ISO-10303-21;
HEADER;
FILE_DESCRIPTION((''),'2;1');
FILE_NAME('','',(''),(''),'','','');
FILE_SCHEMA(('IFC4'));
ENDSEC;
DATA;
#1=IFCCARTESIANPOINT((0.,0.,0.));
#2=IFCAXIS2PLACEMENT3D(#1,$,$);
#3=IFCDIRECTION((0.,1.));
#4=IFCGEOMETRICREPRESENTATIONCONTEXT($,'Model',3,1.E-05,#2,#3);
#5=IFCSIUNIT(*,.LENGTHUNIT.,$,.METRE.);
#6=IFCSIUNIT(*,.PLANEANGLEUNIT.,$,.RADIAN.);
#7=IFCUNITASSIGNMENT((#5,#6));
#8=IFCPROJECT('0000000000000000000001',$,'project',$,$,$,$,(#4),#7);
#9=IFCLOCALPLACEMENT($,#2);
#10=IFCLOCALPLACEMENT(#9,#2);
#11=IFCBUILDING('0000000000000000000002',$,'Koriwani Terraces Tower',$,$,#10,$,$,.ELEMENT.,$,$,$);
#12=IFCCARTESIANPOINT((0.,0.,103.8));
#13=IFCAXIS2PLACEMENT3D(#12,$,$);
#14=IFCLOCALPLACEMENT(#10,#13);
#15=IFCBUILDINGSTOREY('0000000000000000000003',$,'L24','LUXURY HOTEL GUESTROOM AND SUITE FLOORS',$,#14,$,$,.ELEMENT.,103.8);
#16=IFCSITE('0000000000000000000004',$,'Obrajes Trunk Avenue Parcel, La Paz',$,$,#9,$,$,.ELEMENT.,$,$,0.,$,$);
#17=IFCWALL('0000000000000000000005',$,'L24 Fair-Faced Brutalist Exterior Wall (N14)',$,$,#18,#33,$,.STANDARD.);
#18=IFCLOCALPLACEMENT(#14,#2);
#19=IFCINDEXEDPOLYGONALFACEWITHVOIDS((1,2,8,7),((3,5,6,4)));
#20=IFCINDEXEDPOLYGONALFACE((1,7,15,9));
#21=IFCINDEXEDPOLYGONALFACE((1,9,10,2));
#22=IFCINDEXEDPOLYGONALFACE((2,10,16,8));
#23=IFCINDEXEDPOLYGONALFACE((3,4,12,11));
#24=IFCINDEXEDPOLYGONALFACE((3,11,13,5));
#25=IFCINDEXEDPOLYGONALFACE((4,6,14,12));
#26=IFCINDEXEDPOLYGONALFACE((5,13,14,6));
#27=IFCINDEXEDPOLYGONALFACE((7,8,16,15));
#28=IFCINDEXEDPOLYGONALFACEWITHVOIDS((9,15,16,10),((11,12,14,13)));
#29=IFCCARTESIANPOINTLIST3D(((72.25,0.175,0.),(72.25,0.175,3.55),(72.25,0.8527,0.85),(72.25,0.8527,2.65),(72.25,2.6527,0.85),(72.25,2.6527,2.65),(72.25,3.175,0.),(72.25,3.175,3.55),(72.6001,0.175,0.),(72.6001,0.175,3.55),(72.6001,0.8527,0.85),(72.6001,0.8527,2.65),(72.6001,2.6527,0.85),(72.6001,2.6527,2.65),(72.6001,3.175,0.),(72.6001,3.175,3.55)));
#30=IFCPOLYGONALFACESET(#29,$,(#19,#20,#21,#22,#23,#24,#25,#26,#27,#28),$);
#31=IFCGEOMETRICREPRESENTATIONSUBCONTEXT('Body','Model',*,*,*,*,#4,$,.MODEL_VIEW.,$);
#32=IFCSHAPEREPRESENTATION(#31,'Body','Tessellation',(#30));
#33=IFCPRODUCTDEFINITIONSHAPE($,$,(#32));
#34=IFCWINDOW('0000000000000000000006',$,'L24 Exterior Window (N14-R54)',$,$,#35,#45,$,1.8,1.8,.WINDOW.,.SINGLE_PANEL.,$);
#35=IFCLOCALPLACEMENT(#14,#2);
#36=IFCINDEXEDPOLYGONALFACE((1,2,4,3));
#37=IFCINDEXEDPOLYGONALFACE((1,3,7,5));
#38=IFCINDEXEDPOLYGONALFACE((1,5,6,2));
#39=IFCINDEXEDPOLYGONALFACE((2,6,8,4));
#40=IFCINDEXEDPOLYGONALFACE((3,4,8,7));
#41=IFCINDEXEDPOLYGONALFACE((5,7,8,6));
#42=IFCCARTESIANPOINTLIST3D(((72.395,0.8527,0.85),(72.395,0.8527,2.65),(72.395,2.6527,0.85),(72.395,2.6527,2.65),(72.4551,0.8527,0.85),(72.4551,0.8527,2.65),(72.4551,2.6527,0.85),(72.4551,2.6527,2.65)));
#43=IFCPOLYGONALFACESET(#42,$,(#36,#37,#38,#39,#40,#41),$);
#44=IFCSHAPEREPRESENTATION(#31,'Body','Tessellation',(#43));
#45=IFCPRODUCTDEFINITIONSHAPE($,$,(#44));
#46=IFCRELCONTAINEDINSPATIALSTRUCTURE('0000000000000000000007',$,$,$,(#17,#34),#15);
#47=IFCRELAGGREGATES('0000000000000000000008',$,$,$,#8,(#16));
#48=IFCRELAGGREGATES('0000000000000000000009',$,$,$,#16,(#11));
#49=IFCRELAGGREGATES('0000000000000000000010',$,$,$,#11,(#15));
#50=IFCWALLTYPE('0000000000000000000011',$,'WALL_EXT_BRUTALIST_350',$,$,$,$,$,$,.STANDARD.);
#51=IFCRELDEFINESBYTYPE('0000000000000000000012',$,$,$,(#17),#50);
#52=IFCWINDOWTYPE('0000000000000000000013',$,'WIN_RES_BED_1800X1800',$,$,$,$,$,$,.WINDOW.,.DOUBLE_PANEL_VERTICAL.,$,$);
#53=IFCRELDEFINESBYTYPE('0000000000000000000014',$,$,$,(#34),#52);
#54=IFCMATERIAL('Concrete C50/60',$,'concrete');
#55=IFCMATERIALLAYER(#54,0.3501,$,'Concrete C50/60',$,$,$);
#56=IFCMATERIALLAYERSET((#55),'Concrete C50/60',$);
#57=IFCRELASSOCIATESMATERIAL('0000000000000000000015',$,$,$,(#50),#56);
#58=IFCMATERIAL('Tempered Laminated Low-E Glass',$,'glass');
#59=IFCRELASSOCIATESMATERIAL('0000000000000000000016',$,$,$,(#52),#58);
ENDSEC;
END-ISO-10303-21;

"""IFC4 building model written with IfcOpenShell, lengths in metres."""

from ifc_helpers import new_model, si_unit, direction, frame, frame_2d, origin, place, context, subcontext, project, spatial, rectangle, extrude, material, layer, layer_set, type_object, element, fill, save


model = new_model("IFC4")

# Units and contexts
model_context = context("Model", 3, precision=1e-05, world=origin(), true_north=direction((0.0, 1.0)))
body_context = subcontext(model_context, "Body", "Model", "MODEL_VIEW")
ifc_project = project(units=[si_unit("LENGTHUNIT", "METRE"), si_unit("PLANEANGLEUNIT", "RADIAN")], contexts=[model_context])

# Site, building, storey
site_placement = place(None, origin())
site = spatial("IfcSite", under=ifc_project, at=site_placement, Name="Obrajes Trunk Avenue Parcel, La Paz", CompositionType="ELEMENT", RefElevation=0.0)
building_placement = place(site_placement, origin())
building = spatial("IfcBuilding", under=site, at=building_placement, Name="Koriwani Terraces Tower", CompositionType="ELEMENT")
storey_placement = place(building_placement, frame((0.0, 0.0, 103.8)))
storey = spatial("IfcBuildingStorey", under=building, at=storey_placement, Name="L24", Description="LUXURY HOTEL GUESTROOM AND SUITE FLOORS", CompositionType="ELEMENT", Elevation=103.8)

# Shared definitions
ifc_material_1 = material(Name="Tempered Laminated Low-E Glass", Category="glass")

# Shared definitions
ifc_material_2 = material(Name="Concrete C50/60", Category="concrete")
ifc_layer_1 = layer(ifc_material_2, 0.3501, Name="Concrete C50/60")
ifc_layer_set_1 = layer_set([ifc_layer_1], Name="Concrete C50/60")
wall_type = type_object("IfcWallType", Name="WALL_EXT_BRUTALIST_350", PredefinedType="STANDARD", material=ifc_layer_set_1)

# Wall, opening, window
wall_1_placement = place(storey_placement, frame((72.425, 3.175, 0.0), z_axis=(0.0, 0.0, 1.0), x_axis=(0.0, -1.0, 0.0)))
wall_1 = element("IfcWall", 1, at=wall_1_placement, inside=storey, type_object=wall_type, Name="L24 Fair-Faced Brutalist Exterior Wall (N14)", PredefinedType="STANDARD", context=body_context, shape_type="SweptSolid", body=[
    extrude(rectangle(XDim=3.0, YDim=0.3501, at=frame_2d((1.5, 0.0))), origin(), (0.0, 0.0, 1.0), 3.55),
])
opening_1_placement = place(wall_1_placement, frame((0.5225, 0.0, 0.8501)))
opening_1 = element("IfcOpeningElement", 2, at=opening_1_placement, cuts=wall_1, PredefinedType="OPENING", context=body_context, shape_type="SweptSolid", body=[
    extrude(rectangle(XDim=1.8, YDim=1.8, at=frame_2d((0.8999, 0.8999))), frame((0.0, 0.1851, 0.0), z_axis=(0.0, -1.0, 0.0), x_axis=(1.0, 0.0, 0.0)), (0.0, 0.0, 1.0), 0.3701),
])
window_type_1 = type_object("IfcWindowType", Name="WIN_RES_BED_1800X1800", PartitioningType="DOUBLE_PANEL_VERTICAL", PredefinedType="WINDOW", material=ifc_material_1)
window_1_placement = place(opening_1_placement, origin())
window_1 = element("IfcWindow", 3, at=window_1_placement, inside=storey, type_object=window_type_1, Name="L24 Exterior Window (N14-R54)", OverallHeight=1.8, OverallWidth=1.8, PartitioningType="SINGLE_PANEL", PredefinedType="WINDOW", context=body_context, shape_type="SweptSolid", body=[
    extrude(rectangle(XDim=1.8, YDim=1.8, at=frame_2d((0.8999, 0.8999))), frame((0.0, 0.03, 0.0), z_axis=(0.0, -1.0, 0.0), x_axis=(1.0, 0.0, 0.0)), (0.0, 0.0, 1.0), 0.0601),
])
fill(opening_1, window_1)

save(model, "model.ifc")
